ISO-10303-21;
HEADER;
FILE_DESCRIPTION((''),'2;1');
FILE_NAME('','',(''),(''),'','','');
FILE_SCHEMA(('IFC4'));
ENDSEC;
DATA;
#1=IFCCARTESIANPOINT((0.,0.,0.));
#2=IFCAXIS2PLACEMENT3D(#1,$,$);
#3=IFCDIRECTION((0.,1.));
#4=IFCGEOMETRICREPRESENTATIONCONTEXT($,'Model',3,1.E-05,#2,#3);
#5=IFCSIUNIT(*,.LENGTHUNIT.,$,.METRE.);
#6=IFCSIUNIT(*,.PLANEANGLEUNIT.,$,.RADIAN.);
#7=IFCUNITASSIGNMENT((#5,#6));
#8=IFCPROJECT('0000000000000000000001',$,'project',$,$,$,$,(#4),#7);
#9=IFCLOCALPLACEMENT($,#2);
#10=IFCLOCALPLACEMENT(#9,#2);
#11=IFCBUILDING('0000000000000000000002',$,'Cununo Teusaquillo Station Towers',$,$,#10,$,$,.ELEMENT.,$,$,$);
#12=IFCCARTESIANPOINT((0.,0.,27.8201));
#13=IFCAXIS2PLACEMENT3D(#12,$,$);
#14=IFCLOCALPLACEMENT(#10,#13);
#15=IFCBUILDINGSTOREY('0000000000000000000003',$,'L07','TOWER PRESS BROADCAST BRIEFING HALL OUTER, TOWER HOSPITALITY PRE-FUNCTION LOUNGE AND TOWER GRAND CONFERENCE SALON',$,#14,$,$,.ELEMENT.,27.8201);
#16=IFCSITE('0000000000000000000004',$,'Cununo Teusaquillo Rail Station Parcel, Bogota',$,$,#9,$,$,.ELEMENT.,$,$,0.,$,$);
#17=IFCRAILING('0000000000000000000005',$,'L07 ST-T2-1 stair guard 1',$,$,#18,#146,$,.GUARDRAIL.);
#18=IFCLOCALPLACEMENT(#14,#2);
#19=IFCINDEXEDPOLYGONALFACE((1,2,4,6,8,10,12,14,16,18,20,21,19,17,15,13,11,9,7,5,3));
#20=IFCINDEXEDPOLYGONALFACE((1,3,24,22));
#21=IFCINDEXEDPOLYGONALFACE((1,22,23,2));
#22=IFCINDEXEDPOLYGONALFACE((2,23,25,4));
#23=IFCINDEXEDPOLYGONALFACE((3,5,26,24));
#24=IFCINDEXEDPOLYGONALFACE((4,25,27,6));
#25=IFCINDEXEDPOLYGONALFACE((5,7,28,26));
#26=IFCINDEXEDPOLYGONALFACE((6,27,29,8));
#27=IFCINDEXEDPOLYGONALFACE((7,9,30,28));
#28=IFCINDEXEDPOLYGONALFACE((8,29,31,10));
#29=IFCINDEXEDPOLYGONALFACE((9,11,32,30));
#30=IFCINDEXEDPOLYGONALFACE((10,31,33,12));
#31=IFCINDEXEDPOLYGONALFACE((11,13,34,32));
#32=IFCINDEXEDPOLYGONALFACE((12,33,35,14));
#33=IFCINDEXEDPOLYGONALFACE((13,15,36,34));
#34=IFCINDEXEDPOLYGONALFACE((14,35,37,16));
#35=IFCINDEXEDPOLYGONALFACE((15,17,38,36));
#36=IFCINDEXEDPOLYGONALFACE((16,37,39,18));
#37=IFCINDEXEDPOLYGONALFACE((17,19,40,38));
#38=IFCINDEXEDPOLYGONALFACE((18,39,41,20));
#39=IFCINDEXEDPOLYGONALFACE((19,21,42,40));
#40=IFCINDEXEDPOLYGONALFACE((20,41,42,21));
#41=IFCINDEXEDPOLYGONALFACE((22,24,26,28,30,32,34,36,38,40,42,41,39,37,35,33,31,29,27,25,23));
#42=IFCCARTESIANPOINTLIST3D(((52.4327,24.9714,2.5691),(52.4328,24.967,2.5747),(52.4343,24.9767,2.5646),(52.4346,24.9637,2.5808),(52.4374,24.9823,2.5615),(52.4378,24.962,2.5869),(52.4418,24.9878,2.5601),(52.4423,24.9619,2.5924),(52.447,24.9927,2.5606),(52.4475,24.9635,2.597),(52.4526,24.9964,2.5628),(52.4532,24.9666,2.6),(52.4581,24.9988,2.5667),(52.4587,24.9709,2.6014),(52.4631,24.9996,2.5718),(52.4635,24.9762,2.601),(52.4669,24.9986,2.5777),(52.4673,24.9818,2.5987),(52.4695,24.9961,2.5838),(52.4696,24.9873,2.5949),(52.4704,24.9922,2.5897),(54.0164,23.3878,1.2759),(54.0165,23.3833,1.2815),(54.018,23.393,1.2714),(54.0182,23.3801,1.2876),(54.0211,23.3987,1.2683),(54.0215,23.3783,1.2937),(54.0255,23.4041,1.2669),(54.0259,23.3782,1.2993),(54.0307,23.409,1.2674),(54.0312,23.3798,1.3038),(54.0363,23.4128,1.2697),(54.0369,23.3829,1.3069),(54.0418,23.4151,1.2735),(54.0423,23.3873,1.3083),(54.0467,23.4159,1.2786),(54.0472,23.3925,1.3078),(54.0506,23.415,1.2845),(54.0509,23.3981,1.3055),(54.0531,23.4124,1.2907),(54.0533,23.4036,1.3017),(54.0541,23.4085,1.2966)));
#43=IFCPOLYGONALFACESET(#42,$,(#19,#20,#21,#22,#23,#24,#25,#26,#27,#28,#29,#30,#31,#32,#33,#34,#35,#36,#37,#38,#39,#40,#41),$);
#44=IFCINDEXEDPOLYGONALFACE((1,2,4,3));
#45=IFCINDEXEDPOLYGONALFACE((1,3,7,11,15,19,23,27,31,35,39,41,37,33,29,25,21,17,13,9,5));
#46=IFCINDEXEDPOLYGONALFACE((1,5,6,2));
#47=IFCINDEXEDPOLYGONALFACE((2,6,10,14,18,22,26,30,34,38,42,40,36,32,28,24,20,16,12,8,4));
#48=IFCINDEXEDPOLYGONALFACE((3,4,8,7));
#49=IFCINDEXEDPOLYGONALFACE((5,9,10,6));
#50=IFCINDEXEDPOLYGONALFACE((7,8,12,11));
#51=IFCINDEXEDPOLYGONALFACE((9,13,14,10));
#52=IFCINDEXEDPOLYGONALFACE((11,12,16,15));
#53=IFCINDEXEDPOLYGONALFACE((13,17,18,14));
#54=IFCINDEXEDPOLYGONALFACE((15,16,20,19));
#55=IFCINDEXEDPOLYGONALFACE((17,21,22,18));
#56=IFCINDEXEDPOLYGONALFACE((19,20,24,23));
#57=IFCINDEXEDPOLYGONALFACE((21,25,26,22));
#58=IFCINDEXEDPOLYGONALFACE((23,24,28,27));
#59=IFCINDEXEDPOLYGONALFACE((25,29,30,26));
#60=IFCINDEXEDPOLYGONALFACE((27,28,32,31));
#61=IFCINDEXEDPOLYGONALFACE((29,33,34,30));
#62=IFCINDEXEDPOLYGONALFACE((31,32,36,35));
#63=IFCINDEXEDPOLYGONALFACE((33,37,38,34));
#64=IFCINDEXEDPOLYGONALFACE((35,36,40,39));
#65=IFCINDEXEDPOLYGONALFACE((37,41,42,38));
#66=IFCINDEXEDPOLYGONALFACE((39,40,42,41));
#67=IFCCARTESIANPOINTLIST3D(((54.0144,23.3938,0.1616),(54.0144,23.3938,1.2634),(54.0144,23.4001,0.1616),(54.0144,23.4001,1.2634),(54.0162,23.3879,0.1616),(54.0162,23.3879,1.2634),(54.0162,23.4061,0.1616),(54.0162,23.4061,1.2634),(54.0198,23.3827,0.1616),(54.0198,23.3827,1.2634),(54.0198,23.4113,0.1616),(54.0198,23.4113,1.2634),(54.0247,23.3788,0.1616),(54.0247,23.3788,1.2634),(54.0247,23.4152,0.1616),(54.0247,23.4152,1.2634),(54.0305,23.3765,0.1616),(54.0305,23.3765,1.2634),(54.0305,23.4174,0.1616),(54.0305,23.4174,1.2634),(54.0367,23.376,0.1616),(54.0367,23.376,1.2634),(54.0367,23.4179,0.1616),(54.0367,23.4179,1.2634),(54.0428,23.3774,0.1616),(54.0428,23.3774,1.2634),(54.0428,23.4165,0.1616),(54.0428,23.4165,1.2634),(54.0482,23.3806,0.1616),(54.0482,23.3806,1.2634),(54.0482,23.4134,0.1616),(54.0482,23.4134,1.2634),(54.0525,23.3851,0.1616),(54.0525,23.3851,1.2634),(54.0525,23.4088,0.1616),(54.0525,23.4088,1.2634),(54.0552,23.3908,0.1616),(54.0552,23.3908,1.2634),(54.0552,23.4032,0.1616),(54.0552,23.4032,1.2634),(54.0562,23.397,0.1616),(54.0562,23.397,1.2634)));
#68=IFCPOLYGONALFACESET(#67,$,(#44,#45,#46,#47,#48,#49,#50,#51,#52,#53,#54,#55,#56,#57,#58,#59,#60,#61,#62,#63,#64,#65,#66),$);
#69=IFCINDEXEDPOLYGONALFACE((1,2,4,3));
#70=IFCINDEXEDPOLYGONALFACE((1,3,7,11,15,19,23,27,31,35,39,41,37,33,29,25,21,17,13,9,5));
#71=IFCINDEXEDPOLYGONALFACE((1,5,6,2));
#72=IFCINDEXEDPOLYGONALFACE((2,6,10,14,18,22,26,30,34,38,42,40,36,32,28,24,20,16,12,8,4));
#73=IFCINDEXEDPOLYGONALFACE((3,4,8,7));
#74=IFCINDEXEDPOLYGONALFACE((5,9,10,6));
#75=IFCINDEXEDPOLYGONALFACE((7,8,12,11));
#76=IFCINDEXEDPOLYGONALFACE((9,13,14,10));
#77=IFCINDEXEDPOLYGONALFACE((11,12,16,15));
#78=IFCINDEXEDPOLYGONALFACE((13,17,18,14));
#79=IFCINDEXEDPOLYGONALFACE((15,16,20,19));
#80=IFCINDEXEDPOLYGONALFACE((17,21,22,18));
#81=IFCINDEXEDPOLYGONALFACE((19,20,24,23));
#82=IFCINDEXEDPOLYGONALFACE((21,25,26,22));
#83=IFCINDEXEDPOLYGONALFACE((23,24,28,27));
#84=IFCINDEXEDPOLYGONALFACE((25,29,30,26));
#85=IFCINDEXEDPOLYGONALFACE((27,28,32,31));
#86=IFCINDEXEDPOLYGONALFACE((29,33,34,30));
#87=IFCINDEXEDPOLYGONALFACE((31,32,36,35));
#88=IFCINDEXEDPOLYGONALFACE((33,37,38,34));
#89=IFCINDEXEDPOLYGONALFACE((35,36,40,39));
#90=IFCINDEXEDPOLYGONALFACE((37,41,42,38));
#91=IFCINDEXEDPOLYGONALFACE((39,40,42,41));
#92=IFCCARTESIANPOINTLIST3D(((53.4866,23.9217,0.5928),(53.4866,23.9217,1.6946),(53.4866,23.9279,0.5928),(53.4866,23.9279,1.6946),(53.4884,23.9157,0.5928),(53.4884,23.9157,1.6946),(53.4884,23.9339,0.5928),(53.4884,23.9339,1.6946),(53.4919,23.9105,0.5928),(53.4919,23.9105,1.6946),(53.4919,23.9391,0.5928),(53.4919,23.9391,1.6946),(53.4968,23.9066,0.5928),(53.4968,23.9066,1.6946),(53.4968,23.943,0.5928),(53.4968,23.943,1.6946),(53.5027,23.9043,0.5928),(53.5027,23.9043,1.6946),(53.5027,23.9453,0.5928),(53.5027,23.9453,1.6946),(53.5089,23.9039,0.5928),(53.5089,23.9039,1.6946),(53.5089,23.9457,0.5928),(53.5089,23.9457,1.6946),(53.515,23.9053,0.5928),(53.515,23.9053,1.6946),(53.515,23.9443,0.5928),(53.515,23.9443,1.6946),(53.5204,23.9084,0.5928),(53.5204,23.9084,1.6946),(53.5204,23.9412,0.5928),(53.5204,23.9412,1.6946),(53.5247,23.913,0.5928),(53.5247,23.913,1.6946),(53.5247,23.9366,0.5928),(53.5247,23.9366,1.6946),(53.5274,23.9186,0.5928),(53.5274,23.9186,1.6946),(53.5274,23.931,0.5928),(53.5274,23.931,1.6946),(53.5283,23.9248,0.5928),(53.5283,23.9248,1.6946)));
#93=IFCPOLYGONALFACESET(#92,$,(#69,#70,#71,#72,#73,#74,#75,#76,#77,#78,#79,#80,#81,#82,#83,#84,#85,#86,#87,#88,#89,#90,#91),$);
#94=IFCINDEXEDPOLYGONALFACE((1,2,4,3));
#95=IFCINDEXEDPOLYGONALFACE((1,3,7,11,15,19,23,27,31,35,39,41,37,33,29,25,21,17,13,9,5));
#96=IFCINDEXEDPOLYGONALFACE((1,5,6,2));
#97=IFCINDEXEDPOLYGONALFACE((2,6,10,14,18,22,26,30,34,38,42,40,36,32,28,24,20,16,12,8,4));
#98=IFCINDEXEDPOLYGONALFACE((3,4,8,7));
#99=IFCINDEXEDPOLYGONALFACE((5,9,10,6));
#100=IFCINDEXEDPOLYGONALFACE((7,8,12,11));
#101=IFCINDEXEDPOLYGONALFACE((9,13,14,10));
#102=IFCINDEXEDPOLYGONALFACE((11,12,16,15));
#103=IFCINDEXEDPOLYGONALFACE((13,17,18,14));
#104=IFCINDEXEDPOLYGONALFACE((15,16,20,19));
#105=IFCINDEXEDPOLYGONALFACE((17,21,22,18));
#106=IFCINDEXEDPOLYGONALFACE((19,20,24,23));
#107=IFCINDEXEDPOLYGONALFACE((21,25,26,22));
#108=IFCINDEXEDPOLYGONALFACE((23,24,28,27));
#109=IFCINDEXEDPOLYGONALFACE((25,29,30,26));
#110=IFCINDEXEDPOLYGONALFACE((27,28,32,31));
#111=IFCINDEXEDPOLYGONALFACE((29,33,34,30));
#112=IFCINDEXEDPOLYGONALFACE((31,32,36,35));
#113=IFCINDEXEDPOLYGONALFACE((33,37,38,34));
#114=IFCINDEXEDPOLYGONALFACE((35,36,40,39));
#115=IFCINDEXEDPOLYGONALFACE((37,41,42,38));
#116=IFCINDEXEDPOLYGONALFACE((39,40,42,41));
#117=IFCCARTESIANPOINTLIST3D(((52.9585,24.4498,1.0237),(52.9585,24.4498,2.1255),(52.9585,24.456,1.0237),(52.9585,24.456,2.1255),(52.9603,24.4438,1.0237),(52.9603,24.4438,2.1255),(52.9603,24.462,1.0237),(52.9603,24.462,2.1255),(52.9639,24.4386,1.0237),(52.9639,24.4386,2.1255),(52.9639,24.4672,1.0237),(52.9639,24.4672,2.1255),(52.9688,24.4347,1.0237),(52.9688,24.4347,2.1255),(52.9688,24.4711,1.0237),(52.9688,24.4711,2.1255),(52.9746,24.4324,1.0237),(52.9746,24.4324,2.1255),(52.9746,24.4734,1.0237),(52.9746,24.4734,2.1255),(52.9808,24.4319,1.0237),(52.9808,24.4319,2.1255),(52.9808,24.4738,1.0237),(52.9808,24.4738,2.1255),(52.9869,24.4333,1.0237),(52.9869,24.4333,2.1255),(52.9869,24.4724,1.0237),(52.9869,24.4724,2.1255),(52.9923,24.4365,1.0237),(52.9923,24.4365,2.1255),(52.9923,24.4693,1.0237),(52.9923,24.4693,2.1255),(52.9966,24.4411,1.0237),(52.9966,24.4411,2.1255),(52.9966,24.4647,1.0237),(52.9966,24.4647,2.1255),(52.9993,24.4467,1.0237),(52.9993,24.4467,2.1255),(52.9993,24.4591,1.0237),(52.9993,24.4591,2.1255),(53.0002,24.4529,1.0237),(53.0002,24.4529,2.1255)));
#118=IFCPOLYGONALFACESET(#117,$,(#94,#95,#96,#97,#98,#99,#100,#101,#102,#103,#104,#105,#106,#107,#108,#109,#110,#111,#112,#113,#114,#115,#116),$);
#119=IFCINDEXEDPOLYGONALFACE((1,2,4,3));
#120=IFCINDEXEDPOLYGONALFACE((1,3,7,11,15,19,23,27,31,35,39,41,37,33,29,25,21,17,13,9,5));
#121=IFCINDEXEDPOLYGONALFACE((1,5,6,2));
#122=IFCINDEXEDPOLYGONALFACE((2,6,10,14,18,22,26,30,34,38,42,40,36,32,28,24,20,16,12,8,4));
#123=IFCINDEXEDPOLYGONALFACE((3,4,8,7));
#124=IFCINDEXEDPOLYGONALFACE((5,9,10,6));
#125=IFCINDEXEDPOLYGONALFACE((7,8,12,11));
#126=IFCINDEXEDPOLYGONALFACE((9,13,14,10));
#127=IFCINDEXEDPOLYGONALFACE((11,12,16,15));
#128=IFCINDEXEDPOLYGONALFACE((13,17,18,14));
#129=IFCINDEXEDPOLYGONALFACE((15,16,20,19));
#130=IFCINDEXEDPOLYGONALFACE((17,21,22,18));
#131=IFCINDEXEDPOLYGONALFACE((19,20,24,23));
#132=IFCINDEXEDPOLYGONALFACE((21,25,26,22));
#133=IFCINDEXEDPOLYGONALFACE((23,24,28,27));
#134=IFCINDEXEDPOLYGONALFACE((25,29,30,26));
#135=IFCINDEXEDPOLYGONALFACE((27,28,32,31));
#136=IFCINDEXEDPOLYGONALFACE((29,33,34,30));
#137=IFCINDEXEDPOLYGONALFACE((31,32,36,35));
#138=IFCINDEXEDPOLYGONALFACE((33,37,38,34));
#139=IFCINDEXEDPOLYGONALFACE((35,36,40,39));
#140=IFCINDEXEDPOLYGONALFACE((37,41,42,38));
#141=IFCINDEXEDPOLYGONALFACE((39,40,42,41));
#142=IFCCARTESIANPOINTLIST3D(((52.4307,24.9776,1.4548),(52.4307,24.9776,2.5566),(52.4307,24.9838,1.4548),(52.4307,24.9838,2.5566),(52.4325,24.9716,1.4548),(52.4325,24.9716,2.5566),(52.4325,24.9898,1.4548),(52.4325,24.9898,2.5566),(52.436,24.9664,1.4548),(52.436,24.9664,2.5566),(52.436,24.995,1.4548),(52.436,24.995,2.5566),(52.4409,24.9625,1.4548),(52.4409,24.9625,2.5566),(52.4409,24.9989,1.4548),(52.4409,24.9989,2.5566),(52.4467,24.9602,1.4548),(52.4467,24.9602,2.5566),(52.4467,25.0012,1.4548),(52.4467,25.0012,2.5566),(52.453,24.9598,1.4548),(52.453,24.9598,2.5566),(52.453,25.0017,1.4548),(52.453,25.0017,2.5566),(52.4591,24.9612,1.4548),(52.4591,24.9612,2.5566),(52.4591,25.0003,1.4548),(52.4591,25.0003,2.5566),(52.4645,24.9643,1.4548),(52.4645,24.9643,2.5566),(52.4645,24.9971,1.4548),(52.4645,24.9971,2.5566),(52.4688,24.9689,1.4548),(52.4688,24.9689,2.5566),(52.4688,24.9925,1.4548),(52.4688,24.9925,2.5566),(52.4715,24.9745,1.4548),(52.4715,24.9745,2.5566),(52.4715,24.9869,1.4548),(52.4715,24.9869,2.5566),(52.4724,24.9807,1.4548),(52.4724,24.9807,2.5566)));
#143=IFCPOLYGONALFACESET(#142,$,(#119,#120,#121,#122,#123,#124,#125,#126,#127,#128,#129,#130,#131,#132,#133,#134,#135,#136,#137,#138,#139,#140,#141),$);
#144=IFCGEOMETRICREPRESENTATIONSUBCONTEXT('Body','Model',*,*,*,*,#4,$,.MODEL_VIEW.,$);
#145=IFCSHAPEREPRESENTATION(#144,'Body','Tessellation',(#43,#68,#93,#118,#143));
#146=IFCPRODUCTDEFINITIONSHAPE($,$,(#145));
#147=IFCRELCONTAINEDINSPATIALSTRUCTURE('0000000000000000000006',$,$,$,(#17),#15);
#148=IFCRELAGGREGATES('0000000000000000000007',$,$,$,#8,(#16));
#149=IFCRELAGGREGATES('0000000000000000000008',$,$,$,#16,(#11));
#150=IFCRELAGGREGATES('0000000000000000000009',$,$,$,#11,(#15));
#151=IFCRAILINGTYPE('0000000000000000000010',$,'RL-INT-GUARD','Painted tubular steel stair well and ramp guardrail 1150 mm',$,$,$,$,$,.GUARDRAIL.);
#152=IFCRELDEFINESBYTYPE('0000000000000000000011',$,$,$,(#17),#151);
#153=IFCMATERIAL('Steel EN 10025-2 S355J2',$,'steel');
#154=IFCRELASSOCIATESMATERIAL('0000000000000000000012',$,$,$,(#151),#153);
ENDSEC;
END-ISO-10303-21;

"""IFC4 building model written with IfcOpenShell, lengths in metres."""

from ifc_helpers import new_model, si_unit, direction, frame, origin, origin_2d, place, context, subcontext, project, spatial, circle, extrude, material, type_object, element, save


model = new_model("IFC4")

# Units and contexts
model_context = context("Model", 3, precision=1e-05, world=origin(), true_north=direction((0.0, 1.0)))
body_context = subcontext(model_context, "Body", "Model", "MODEL_VIEW")
ifc_project = project(units=[si_unit("LENGTHUNIT", "METRE"), si_unit("PLANEANGLEUNIT", "RADIAN")], contexts=[model_context])

# Site, building, storey
site_placement = place(None, origin())
site = spatial("IfcSite", under=ifc_project, at=site_placement, Name="Cununo Teusaquillo Rail Station Parcel, Bogota", CompositionType="ELEMENT", RefElevation=0.0)
building_placement = place(site_placement, origin())
building = spatial("IfcBuilding", under=site, at=building_placement, Name="Cununo Teusaquillo Station Towers", CompositionType="ELEMENT")
storey_placement = place(building_placement, frame((0.0, 0.0, 27.8201)))
storey = spatial("IfcBuildingStorey", under=building, at=storey_placement, Name="L07", Description="TOWER PRESS BROADCAST BRIEFING HALL OUTER, TOWER HOSPITALITY PRE-FUNCTION LOUNGE AND TOWER GRAND CONFERENCE SALON", CompositionType="ELEMENT", Elevation=27.8201)

# Railing
ifc_material_1 = material(Name="Steel EN 10025-2 S355J2", Category="steel")
railing_type_1 = type_object("IfcRailingType", Name="RL-INT-GUARD", Description="Painted tubular steel stair well and ramp guardrail 1150 mm", PredefinedType="GUARDRAIL", material=ifc_material_1)
railing_1_placement = place(storey_placement, frame((54.0352, 23.397, 0.1616)))
element("IfcRailing", 1, at=railing_1_placement, inside=storey, type_object=railing_type_1, Name="L07 ST-T2-1 stair guard 1", PredefinedType="GUARDRAIL", context=body_context, shape_type="SweptSolid", body=[
    extrude(circle(Radius=0.0239, at=origin_2d()), frame((0.0, 0.0, 1.126), z_axis=(-0.612361, 0.612361, 0.500027), x_axis=(-0.707107, -0.707107, 0.0)), (0.0, 0.0, 1.0), 2.5862),
    extrude(circle(Radius=0.021, at=origin_2d()), origin(), (0.0, 0.0, 1.0), 1.1018),
    extrude(circle(Radius=0.021, at=origin_2d()), frame((-0.5278, 0.5278, 0.4312)), (0.0, 0.0, 1.0), 1.1018),
    extrude(circle(Radius=0.021, at=origin_2d()), frame((-1.0559, 1.0559, 0.8621)), (0.0, 0.0, 1.0), 1.1018),
    extrude(circle(Radius=0.021, at=origin_2d()), frame((-1.5837, 1.5837, 1.2932)), (0.0, 0.0, 1.0), 1.1018),
])

save(model, "model.ifc")
